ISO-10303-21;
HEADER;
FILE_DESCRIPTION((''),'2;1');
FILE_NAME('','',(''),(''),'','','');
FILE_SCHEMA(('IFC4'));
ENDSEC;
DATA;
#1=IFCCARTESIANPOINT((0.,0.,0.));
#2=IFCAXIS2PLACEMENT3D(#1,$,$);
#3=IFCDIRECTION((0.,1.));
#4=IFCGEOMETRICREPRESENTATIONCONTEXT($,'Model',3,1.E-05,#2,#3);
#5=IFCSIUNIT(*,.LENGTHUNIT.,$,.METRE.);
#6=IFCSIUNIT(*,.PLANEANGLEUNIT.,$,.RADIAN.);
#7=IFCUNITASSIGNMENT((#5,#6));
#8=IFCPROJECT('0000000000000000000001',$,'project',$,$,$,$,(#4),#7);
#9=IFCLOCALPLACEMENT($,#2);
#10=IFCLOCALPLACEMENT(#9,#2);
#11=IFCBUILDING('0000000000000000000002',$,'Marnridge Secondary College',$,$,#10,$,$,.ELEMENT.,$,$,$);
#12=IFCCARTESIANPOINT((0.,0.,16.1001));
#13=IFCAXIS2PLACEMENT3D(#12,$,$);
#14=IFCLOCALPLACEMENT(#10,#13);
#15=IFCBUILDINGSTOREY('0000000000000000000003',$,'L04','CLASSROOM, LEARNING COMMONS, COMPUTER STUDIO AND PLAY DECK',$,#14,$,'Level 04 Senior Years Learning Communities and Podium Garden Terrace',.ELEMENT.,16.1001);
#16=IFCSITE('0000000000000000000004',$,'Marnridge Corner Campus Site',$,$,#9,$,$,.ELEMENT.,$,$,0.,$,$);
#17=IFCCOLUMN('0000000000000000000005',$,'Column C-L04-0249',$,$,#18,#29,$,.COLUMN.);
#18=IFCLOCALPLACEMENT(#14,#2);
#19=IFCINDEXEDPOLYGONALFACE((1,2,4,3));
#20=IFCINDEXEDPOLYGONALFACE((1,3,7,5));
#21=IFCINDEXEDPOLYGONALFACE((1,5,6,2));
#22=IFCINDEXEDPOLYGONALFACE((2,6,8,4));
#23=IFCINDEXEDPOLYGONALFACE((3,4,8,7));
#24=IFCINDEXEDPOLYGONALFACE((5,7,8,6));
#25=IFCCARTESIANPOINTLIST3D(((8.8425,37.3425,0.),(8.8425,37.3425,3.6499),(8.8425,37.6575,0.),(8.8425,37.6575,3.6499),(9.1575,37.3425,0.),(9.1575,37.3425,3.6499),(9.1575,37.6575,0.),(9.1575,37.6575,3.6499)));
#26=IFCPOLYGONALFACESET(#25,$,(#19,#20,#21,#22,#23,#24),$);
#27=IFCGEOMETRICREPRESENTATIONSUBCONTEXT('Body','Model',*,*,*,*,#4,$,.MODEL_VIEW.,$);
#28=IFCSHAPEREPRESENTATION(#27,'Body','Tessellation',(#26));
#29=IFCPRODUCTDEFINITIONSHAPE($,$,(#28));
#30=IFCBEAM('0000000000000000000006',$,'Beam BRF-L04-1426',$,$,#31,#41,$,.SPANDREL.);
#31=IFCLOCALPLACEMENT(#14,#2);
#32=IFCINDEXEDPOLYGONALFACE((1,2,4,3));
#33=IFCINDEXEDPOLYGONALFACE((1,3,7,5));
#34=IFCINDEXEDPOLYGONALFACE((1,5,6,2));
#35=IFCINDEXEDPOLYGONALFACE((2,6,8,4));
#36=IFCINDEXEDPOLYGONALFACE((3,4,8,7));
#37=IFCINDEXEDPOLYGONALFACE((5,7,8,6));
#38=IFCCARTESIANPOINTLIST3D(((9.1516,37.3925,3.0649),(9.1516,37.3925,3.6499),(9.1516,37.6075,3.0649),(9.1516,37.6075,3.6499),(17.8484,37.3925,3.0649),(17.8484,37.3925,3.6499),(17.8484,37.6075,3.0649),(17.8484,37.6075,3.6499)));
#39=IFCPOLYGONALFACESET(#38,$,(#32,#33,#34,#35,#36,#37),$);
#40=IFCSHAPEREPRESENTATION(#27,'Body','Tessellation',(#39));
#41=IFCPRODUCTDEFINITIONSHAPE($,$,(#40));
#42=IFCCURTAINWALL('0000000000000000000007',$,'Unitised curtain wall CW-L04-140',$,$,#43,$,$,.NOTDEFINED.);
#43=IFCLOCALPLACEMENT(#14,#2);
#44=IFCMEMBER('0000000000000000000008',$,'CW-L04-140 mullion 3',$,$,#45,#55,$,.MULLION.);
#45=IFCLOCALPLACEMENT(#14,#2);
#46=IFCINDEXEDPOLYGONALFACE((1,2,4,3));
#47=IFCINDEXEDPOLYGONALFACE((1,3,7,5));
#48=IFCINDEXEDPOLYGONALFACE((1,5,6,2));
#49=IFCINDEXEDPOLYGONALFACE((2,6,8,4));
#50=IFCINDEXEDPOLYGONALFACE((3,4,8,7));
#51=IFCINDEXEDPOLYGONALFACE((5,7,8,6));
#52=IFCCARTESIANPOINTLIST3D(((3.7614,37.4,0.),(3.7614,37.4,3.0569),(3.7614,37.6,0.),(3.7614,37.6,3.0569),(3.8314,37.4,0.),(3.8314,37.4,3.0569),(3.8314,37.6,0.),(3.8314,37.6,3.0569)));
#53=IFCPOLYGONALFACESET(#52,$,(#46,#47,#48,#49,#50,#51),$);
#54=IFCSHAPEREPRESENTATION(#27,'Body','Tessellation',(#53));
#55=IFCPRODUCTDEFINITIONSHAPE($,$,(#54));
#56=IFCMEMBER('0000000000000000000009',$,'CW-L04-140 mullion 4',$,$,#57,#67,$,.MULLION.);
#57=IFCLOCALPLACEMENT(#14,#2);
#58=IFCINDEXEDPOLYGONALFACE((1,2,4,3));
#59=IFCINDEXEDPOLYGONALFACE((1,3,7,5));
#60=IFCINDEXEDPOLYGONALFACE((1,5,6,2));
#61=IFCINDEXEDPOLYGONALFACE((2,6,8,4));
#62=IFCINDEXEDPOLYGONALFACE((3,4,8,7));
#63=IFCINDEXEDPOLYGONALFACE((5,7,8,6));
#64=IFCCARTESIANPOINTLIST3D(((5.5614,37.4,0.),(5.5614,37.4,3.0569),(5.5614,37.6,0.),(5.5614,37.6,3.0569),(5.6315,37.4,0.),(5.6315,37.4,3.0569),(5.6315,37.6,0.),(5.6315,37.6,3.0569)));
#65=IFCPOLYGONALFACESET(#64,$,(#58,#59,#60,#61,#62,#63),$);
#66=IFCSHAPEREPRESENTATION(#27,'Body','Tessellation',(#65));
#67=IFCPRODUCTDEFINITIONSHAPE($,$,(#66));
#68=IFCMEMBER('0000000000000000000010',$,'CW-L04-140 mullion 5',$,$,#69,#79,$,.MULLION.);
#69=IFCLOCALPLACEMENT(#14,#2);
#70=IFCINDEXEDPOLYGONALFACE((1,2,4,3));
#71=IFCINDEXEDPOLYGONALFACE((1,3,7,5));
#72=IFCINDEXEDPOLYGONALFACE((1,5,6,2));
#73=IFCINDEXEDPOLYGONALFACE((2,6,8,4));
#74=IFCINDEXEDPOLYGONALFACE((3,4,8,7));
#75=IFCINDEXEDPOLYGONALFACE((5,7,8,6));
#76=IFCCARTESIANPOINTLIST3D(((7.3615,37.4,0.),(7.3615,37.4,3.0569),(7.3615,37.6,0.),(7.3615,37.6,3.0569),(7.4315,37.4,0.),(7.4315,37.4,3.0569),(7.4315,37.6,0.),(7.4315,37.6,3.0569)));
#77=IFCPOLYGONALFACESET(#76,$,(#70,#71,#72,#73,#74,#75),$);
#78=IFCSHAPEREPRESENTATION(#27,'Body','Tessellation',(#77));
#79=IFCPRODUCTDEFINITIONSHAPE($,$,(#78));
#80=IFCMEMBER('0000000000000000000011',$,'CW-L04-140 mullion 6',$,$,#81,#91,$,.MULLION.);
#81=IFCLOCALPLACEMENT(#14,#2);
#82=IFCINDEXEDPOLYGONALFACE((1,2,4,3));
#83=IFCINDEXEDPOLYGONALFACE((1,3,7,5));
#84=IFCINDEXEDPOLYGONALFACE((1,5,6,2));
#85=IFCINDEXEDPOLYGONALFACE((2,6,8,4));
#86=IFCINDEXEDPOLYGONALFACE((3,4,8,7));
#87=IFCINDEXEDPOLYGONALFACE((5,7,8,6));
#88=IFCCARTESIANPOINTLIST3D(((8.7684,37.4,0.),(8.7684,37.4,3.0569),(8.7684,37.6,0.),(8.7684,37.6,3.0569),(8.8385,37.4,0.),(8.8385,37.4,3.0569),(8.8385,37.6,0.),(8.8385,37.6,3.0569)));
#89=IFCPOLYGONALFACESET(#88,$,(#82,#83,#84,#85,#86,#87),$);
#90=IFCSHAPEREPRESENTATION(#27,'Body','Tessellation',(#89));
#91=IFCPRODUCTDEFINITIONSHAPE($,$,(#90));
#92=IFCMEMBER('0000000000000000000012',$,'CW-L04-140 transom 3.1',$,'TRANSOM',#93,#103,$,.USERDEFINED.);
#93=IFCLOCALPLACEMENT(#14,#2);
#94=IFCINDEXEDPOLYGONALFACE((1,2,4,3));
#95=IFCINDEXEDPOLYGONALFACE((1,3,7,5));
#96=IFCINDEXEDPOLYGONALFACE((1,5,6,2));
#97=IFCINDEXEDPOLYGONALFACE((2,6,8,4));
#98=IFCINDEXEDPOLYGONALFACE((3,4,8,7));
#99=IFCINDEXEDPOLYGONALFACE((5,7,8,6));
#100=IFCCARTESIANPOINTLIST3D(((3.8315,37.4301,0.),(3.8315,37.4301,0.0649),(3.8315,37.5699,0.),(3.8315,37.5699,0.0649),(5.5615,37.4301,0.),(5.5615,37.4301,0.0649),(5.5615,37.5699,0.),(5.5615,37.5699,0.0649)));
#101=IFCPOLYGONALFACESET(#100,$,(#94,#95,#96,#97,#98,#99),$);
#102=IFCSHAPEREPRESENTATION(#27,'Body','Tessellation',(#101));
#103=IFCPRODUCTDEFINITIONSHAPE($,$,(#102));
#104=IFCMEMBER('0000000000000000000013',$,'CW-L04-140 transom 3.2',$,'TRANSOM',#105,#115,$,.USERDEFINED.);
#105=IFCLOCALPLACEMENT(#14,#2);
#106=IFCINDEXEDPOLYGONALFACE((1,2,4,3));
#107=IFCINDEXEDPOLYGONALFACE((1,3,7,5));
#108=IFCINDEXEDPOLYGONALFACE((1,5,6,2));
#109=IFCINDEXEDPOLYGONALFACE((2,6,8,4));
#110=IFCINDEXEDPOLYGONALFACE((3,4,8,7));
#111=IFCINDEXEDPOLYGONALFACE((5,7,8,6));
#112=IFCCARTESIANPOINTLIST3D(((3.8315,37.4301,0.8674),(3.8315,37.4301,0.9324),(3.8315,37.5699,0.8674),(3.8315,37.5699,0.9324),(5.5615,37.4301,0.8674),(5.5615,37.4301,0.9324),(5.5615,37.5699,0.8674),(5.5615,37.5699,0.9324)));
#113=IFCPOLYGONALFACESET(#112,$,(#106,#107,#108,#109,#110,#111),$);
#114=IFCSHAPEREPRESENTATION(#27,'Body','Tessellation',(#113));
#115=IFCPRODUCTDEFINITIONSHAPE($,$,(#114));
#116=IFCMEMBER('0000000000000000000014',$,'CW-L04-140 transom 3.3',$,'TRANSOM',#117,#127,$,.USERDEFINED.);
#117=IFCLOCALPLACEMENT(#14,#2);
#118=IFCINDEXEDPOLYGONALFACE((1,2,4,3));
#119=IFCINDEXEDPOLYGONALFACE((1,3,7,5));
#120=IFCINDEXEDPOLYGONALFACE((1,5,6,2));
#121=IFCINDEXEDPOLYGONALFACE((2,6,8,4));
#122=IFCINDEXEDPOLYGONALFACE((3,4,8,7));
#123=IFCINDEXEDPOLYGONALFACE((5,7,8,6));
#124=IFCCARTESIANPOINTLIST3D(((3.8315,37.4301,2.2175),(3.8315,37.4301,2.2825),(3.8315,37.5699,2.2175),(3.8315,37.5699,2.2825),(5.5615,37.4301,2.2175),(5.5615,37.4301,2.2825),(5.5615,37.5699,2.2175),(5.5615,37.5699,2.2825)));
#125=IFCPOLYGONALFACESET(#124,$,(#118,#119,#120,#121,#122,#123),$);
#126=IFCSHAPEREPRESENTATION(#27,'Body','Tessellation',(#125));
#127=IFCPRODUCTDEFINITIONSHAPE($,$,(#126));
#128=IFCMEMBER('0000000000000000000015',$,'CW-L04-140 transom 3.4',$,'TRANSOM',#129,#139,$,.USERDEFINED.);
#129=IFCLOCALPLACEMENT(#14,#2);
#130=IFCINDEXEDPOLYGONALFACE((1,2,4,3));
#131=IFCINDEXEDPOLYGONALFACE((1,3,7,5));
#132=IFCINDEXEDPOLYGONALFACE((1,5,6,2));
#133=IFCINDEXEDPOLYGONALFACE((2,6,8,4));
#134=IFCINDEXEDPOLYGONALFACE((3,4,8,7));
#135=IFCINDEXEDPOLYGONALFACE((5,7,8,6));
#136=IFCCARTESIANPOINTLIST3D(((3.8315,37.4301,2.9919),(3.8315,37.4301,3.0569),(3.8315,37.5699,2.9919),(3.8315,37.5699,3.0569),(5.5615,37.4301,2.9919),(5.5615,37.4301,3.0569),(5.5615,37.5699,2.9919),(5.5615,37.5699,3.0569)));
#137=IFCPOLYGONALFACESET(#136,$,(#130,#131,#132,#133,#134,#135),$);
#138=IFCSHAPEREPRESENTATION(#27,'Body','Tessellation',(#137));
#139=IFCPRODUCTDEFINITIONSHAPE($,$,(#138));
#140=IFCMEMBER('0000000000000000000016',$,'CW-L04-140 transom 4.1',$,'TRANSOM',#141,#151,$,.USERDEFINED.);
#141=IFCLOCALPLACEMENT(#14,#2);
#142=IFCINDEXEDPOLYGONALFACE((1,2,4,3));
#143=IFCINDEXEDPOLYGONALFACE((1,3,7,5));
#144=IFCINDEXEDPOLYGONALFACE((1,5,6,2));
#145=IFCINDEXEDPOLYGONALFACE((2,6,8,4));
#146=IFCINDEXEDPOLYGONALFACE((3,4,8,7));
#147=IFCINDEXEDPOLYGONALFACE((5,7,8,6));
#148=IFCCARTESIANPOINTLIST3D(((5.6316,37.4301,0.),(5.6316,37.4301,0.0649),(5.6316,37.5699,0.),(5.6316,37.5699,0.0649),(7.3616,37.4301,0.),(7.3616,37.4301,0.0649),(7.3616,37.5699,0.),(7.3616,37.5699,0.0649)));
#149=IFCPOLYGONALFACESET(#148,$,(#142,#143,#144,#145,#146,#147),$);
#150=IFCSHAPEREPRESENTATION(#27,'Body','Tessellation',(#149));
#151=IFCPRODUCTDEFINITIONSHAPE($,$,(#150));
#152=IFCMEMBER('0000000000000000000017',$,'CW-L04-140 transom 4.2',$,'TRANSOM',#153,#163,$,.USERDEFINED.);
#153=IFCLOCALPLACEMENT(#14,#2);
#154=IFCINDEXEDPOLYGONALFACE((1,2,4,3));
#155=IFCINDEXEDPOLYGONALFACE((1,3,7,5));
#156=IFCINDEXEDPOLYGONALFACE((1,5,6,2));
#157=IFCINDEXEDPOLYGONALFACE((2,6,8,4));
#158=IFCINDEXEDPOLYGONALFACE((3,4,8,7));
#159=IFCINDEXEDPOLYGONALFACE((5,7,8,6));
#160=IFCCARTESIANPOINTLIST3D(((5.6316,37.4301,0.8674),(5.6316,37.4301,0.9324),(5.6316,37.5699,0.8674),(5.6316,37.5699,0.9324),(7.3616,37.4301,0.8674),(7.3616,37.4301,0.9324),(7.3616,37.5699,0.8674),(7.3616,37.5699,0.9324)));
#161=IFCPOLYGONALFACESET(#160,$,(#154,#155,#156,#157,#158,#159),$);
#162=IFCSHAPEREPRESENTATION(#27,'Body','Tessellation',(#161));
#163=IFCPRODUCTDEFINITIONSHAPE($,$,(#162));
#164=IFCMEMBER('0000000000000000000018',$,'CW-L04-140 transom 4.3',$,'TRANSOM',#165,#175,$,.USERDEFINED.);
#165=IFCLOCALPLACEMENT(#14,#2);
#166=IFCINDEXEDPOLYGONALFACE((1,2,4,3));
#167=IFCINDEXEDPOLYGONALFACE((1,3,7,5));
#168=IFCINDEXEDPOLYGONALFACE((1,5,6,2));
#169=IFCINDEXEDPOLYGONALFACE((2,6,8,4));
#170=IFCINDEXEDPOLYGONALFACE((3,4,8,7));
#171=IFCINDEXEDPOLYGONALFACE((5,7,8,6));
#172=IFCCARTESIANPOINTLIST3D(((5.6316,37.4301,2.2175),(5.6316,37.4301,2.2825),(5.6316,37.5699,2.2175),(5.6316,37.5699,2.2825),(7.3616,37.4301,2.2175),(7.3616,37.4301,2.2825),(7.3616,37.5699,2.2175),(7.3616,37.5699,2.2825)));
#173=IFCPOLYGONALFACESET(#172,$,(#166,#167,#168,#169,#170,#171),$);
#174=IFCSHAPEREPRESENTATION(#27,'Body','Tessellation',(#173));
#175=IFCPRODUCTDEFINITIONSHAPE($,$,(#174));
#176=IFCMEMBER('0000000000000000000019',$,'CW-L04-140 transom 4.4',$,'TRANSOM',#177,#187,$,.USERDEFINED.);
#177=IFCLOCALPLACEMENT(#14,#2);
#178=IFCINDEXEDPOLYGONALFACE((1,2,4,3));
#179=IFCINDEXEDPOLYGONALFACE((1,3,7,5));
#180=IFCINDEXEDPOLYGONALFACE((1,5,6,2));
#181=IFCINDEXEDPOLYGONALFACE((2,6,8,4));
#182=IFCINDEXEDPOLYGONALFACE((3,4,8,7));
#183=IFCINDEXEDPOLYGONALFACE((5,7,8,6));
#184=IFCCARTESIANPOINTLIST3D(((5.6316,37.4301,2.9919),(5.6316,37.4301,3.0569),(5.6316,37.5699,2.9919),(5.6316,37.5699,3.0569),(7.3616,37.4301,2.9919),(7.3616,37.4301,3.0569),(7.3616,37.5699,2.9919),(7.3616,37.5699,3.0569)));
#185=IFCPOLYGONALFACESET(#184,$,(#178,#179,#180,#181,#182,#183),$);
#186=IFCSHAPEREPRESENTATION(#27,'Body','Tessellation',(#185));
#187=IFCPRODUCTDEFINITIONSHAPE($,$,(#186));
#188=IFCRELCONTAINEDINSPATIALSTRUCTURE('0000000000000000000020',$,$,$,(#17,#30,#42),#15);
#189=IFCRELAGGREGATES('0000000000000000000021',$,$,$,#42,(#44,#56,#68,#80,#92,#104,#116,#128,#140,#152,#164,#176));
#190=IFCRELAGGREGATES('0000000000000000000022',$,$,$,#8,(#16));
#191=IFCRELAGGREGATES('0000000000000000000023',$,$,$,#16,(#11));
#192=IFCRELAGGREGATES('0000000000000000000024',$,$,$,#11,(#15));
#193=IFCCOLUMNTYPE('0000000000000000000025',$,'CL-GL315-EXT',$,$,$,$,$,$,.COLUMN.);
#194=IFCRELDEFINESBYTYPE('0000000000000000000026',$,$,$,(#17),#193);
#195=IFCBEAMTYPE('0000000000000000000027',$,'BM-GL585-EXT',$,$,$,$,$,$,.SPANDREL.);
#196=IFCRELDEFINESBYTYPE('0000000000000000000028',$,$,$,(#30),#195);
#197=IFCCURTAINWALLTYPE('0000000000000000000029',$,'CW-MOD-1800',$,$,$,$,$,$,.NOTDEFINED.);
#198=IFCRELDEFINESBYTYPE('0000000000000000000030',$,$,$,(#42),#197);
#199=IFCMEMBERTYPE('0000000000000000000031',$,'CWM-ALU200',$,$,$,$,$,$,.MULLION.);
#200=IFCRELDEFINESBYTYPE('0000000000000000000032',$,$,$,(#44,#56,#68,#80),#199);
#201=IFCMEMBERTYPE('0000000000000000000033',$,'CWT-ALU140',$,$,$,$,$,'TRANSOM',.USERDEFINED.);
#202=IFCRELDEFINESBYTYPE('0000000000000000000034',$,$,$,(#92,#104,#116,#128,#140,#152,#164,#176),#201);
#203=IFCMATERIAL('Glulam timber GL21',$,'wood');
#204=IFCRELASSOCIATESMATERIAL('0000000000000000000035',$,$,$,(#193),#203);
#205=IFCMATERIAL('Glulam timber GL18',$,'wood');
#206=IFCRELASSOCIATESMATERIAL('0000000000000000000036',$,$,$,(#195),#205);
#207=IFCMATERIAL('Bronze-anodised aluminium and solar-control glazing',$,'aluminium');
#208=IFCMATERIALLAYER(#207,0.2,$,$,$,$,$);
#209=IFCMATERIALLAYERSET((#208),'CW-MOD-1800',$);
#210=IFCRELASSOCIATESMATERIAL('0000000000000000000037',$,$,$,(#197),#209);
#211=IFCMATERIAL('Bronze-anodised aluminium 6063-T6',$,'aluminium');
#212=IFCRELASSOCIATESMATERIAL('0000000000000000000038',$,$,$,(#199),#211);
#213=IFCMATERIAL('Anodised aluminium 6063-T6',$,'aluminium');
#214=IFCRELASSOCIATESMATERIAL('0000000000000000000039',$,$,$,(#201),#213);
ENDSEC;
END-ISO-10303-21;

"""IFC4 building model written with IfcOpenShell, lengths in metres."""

from ifc_helpers import new_model, si_unit, direction, frame, origin, origin_2d, place, context, subcontext, project, spatial, rectangle, extrude, material, layer, layer_set, material_profile, profile_set, type_object, element, aggregate, save


model = new_model("IFC4")

# Units and contexts
model_context = context("Model", 3, precision=1e-05, world=origin(), true_north=direction((0.0, 1.0)))
body_context = subcontext(model_context, "Body", "Model", "MODEL_VIEW")
ifc_project = project(units=[si_unit("LENGTHUNIT", "METRE"), si_unit("PLANEANGLEUNIT", "RADIAN")], contexts=[model_context])

# Site, building, storey
site_placement = place(None, origin())
site = spatial("IfcSite", under=ifc_project, at=site_placement, Name="Marnridge Corner Campus Site", CompositionType="ELEMENT", RefElevation=0.0)
building_placement = place(site_placement, origin())
building = spatial("IfcBuilding", under=site, at=building_placement, Name="Marnridge Secondary College", CompositionType="ELEMENT")
storey_placement = place(building_placement, frame((0.0, 0.0, 16.1001)))
storey = spatial("IfcBuildingStorey", under=building, at=storey_placement, Name="L04", Description="CLASSROOM, LEARNING COMMONS, COMPUTER STUDIO AND PLAY DECK", LongName="Level 04 Senior Years Learning Communities and Podium Garden Terrace", CompositionType="ELEMENT", Elevation=16.1001)

# Column
ifc_material_1 = material(Name="Glulam timber GL21", Category="wood")
ifc_material_profile_1 = material_profile(ifc_material_1, rectangle(XDim=0.3149, YDim=0.3149, at=origin_2d()), Name="GL21 315x315")
ifc_profile_set_1 = profile_set([ifc_material_profile_1], Name="Glulam timber GL21")
column_type = type_object("IfcColumnType", Name="CL-GL315-EXT", PredefinedType="COLUMN", material=ifc_profile_set_1)
column_placement = place(storey_placement, frame((9.0, 37.5, 0.0), z_axis=(0.0, 0.0, 1.0), x_axis=(1.0, 0.0, 0.0)))
element("IfcColumn", 1, at=column_placement, inside=storey, type_object=column_type, Name="Column C-L04-0249", PredefinedType="COLUMN", context=body_context, shape_type="SweptSolid", body=[
    extrude(rectangle(XDim=0.3149, YDim=0.3149, at=origin_2d()), origin(), (0.0, 0.0, 1.0), 3.6499),
])

# Beam
ifc_material_2 = material(Name="Glulam timber GL18", Category="wood")
ifc_material_profile_2 = material_profile(ifc_material_2, rectangle(XDim=0.2151, YDim=0.585, at=origin_2d()), Name="GL18 215x585")
ifc_profile_set_2 = profile_set([ifc_material_profile_2], Name="Glulam timber GL18")
beam_type = type_object("IfcBeamType", Name="BM-GL585-EXT", PredefinedType="SPANDREL", material=ifc_profile_set_2)
beam_placement = place(storey_placement, frame((9.1516, 37.5, 3.3574), z_axis=(1.0, 0.0, 0.0), x_axis=(0.0, 1.0, 0.0)))
element("IfcBeam", 2, at=beam_placement, inside=storey, type_object=beam_type, Name="Beam BRF-L04-1426", PredefinedType="SPANDREL", context=body_context, shape_type="SweptSolid", body=[
    extrude(rectangle(XDim=0.2151, YDim=0.585, at=origin_2d()), origin(), (0.0, 0.0, 1.0), 8.6968),
])

# Curtain wall, members
ifc_material_3 = material(Name="Bronze-anodised aluminium and solar-control glazing", Category="aluminium")
ifc_layer_1 = layer(ifc_material_3, 0.2)
ifc_layer_set_1 = layer_set([ifc_layer_1], Name="CW-MOD-1800")
curtain_wall_type = type_object("IfcCurtainWallType", Name="CW-MOD-1800", PredefinedType="NOTDEFINED", material=ifc_layer_set_1)
curtain_wall_placement = place(storey_placement, origin())
curtain_wall = element("IfcCurtainWall", 3, at=curtain_wall_placement, inside=storey, type_object=curtain_wall_type, Name="Unitised curtain wall CW-L04-140", PredefinedType="NOTDEFINED")
ifc_material_4 = material(Name="Bronze-anodised aluminium 6063-T6", Category="aluminium")
ifc_material_profile_3 = material_profile(ifc_material_4, rectangle(XDim=0.0701, YDim=0.2, at=origin_2d()), Name="ALU 70x200")
ifc_profile_set_3 = profile_set([ifc_material_profile_3], Name="Bronze-anodised aluminium 6063-T6")
member_type_1 = type_object("IfcMemberType", Name="CWM-ALU200", PredefinedType="MULLION", material=ifc_profile_set_3)
member_1_placement = place(storey_placement, frame((3.7964, 37.5, 0.0), z_axis=(0.0, 0.0, 1.0), x_axis=(1.0, 0.0, 0.0)))
member_1 = element("IfcMember", 4, at=member_1_placement, type_object=member_type_1, Name="CW-L04-140 mullion 3", PredefinedType="MULLION", context=body_context, shape_type="SweptSolid", body=[
    extrude(rectangle(XDim=0.0701, YDim=0.2, at=origin_2d()), origin(), (0.0, 0.0, 1.0), 3.0569),
])
member_2_placement = place(storey_placement, frame((5.5964, 37.5, 0.0), z_axis=(0.0, 0.0, 1.0), x_axis=(1.0, 0.0, 0.0)))
member_2 = element("IfcMember", 5, at=member_2_placement, type_object=member_type_1, Name="CW-L04-140 mullion 4", PredefinedType="MULLION", context=body_context, shape_type="SweptSolid", body=[
    extrude(rectangle(XDim=0.0701, YDim=0.2, at=origin_2d()), origin(), (0.0, 0.0, 1.0), 3.0569),
])
member_3_placement = place(storey_placement, frame((7.3965, 37.5, 0.0), z_axis=(0.0, 0.0, 1.0), x_axis=(1.0, 0.0, 0.0)))
member_3 = element("IfcMember", 6, at=member_3_placement, type_object=member_type_1, Name="CW-L04-140 mullion 5", PredefinedType="MULLION", context=body_context, shape_type="SweptSolid", body=[
    extrude(rectangle(XDim=0.0701, YDim=0.2, at=origin_2d()), origin(), (0.0, 0.0, 1.0), 3.0569),
])
member_4_placement = place(storey_placement, frame((8.8035, 37.5, 0.0), z_axis=(0.0, 0.0, 1.0), x_axis=(1.0, 0.0, 0.0)))
member_4 = element("IfcMember", 7, at=member_4_placement, type_object=member_type_1, Name="CW-L04-140 mullion 6", PredefinedType="MULLION", context=body_context, shape_type="SweptSolid", body=[
    extrude(rectangle(XDim=0.0701, YDim=0.2, at=origin_2d()), origin(), (0.0, 0.0, 1.0), 3.0569),
])
ifc_material_5 = material(Name="Anodised aluminium 6063-T6", Category="aluminium")
ifc_material_profile_4 = material_profile(ifc_material_5, rectangle(XDim=0.0649, YDim=0.1399, at=origin_2d()), Name="ALU 65x140")
ifc_profile_set_4 = profile_set([ifc_material_profile_4], Name="Anodised aluminium 6063-T6")
member_type_2 = type_object("IfcMemberType", Name="CWT-ALU140", ElementType="TRANSOM", PredefinedType="USERDEFINED", material=ifc_profile_set_4)
member_5_placement = place(storey_placement, frame((3.8315, 37.5, 0.0325), z_axis=(1.0, 0.0, 0.0), x_axis=(0.0, 0.0, 1.0)))
member_5 = element("IfcMember", 8, at=member_5_placement, type_object=member_type_2, Name="CW-L04-140 transom 3.1", ObjectType="TRANSOM", PredefinedType="USERDEFINED", context=body_context, shape_type="SweptSolid", body=[
    extrude(rectangle(XDim=0.0649, YDim=0.1399, at=origin_2d()), origin(), (0.0, 0.0, 1.0), 1.73),
])
member_6_placement = place(storey_placement, frame((3.8315, 37.5, 0.8999), z_axis=(1.0, 0.0, 0.0), x_axis=(0.0, 0.0, 1.0)))
member_6 = element("IfcMember", 9, at=member_6_placement, type_object=member_type_2, Name="CW-L04-140 transom 3.2", ObjectType="TRANSOM", PredefinedType="USERDEFINED", context=body_context, shape_type="SweptSolid", body=[
    extrude(rectangle(XDim=0.0649, YDim=0.1399, at=origin_2d()), origin(), (0.0, 0.0, 1.0), 1.73),
])
member_7_placement = place(storey_placement, frame((3.8315, 37.5, 2.25), z_axis=(1.0, 0.0, 0.0), x_axis=(0.0, 0.0, 1.0)))
member_7 = element("IfcMember", 10, at=member_7_placement, type_object=member_type_2, Name="CW-L04-140 transom 3.3", ObjectType="TRANSOM", PredefinedType="USERDEFINED", context=body_context, shape_type="SweptSolid", body=[
    extrude(rectangle(XDim=0.0649, YDim=0.1399, at=origin_2d()), origin(), (0.0, 0.0, 1.0), 1.73),
])
member_8_placement = place(storey_placement, frame((3.8315, 37.5, 3.0244), z_axis=(1.0, 0.0, 0.0), x_axis=(0.0, 0.0, 1.0)))
member_8 = element("IfcMember", 11, at=member_8_placement, type_object=member_type_2, Name="CW-L04-140 transom 3.4", ObjectType="TRANSOM", PredefinedType="USERDEFINED", context=body_context, shape_type="SweptSolid", body=[
    extrude(rectangle(XDim=0.0649, YDim=0.1399, at=origin_2d()), origin(), (0.0, 0.0, 1.0), 1.73),
])
member_9_placement = place(storey_placement, frame((5.6316, 37.5, 0.0325), z_axis=(1.0, 0.0, 0.0), x_axis=(0.0, 0.0, 1.0)))
member_9 = element("IfcMember", 12, at=member_9_placement, type_object=member_type_2, Name="CW-L04-140 transom 4.1", ObjectType="TRANSOM", PredefinedType="USERDEFINED", context=body_context, shape_type="SweptSolid", body=[
    extrude(rectangle(XDim=0.0649, YDim=0.1399, at=origin_2d()), origin(), (0.0, 0.0, 1.0), 1.73),
])
member_10_placement = place(storey_placement, frame((5.6316, 37.5, 0.8999), z_axis=(1.0, 0.0, 0.0), x_axis=(0.0, 0.0, 1.0)))
member_10 = element("IfcMember", 13, at=member_10_placement, type_object=member_type_2, Name="CW-L04-140 transom 4.2", ObjectType="TRANSOM", PredefinedType="USERDEFINED", context=body_context, shape_type="SweptSolid", body=[
    extrude(rectangle(XDim=0.0649, YDim=0.1399, at=origin_2d()), origin(), (0.0, 0.0, 1.0), 1.73),
])
member_11_placement = place(storey_placement, frame((5.6316, 37.5, 2.25), z_axis=(1.0, 0.0, 0.0), x_axis=(0.0, 0.0, 1.0)))
member_11 = element("IfcMember", 14, at=member_11_placement, type_object=member_type_2, Name="CW-L04-140 transom 4.3", ObjectType="TRANSOM", PredefinedType="USERDEFINED", context=body_context, shape_type="SweptSolid", body=[
    extrude(rectangle(XDim=0.0649, YDim=0.1399, at=origin_2d()), origin(), (0.0, 0.0, 1.0), 1.73),
])
member_12_placement = place(storey_placement, frame((5.6316, 37.5, 3.0244), z_axis=(1.0, 0.0, 0.0), x_axis=(0.0, 0.0, 1.0)))
member_12 = element("IfcMember", 15, at=member_12_placement, type_object=member_type_2, Name="CW-L04-140 transom 4.4", ObjectType="TRANSOM", PredefinedType="USERDEFINED", context=body_context, shape_type="SweptSolid", body=[
    extrude(rectangle(XDim=0.0649, YDim=0.1399, at=origin_2d()), origin(), (0.0, 0.0, 1.0), 1.73),
])
aggregate(curtain_wall, [member_1, member_2, member_3, member_4, member_5, member_6, member_7, member_8, member_9, member_10, member_11, member_12])

save(model, "model.ifc")
